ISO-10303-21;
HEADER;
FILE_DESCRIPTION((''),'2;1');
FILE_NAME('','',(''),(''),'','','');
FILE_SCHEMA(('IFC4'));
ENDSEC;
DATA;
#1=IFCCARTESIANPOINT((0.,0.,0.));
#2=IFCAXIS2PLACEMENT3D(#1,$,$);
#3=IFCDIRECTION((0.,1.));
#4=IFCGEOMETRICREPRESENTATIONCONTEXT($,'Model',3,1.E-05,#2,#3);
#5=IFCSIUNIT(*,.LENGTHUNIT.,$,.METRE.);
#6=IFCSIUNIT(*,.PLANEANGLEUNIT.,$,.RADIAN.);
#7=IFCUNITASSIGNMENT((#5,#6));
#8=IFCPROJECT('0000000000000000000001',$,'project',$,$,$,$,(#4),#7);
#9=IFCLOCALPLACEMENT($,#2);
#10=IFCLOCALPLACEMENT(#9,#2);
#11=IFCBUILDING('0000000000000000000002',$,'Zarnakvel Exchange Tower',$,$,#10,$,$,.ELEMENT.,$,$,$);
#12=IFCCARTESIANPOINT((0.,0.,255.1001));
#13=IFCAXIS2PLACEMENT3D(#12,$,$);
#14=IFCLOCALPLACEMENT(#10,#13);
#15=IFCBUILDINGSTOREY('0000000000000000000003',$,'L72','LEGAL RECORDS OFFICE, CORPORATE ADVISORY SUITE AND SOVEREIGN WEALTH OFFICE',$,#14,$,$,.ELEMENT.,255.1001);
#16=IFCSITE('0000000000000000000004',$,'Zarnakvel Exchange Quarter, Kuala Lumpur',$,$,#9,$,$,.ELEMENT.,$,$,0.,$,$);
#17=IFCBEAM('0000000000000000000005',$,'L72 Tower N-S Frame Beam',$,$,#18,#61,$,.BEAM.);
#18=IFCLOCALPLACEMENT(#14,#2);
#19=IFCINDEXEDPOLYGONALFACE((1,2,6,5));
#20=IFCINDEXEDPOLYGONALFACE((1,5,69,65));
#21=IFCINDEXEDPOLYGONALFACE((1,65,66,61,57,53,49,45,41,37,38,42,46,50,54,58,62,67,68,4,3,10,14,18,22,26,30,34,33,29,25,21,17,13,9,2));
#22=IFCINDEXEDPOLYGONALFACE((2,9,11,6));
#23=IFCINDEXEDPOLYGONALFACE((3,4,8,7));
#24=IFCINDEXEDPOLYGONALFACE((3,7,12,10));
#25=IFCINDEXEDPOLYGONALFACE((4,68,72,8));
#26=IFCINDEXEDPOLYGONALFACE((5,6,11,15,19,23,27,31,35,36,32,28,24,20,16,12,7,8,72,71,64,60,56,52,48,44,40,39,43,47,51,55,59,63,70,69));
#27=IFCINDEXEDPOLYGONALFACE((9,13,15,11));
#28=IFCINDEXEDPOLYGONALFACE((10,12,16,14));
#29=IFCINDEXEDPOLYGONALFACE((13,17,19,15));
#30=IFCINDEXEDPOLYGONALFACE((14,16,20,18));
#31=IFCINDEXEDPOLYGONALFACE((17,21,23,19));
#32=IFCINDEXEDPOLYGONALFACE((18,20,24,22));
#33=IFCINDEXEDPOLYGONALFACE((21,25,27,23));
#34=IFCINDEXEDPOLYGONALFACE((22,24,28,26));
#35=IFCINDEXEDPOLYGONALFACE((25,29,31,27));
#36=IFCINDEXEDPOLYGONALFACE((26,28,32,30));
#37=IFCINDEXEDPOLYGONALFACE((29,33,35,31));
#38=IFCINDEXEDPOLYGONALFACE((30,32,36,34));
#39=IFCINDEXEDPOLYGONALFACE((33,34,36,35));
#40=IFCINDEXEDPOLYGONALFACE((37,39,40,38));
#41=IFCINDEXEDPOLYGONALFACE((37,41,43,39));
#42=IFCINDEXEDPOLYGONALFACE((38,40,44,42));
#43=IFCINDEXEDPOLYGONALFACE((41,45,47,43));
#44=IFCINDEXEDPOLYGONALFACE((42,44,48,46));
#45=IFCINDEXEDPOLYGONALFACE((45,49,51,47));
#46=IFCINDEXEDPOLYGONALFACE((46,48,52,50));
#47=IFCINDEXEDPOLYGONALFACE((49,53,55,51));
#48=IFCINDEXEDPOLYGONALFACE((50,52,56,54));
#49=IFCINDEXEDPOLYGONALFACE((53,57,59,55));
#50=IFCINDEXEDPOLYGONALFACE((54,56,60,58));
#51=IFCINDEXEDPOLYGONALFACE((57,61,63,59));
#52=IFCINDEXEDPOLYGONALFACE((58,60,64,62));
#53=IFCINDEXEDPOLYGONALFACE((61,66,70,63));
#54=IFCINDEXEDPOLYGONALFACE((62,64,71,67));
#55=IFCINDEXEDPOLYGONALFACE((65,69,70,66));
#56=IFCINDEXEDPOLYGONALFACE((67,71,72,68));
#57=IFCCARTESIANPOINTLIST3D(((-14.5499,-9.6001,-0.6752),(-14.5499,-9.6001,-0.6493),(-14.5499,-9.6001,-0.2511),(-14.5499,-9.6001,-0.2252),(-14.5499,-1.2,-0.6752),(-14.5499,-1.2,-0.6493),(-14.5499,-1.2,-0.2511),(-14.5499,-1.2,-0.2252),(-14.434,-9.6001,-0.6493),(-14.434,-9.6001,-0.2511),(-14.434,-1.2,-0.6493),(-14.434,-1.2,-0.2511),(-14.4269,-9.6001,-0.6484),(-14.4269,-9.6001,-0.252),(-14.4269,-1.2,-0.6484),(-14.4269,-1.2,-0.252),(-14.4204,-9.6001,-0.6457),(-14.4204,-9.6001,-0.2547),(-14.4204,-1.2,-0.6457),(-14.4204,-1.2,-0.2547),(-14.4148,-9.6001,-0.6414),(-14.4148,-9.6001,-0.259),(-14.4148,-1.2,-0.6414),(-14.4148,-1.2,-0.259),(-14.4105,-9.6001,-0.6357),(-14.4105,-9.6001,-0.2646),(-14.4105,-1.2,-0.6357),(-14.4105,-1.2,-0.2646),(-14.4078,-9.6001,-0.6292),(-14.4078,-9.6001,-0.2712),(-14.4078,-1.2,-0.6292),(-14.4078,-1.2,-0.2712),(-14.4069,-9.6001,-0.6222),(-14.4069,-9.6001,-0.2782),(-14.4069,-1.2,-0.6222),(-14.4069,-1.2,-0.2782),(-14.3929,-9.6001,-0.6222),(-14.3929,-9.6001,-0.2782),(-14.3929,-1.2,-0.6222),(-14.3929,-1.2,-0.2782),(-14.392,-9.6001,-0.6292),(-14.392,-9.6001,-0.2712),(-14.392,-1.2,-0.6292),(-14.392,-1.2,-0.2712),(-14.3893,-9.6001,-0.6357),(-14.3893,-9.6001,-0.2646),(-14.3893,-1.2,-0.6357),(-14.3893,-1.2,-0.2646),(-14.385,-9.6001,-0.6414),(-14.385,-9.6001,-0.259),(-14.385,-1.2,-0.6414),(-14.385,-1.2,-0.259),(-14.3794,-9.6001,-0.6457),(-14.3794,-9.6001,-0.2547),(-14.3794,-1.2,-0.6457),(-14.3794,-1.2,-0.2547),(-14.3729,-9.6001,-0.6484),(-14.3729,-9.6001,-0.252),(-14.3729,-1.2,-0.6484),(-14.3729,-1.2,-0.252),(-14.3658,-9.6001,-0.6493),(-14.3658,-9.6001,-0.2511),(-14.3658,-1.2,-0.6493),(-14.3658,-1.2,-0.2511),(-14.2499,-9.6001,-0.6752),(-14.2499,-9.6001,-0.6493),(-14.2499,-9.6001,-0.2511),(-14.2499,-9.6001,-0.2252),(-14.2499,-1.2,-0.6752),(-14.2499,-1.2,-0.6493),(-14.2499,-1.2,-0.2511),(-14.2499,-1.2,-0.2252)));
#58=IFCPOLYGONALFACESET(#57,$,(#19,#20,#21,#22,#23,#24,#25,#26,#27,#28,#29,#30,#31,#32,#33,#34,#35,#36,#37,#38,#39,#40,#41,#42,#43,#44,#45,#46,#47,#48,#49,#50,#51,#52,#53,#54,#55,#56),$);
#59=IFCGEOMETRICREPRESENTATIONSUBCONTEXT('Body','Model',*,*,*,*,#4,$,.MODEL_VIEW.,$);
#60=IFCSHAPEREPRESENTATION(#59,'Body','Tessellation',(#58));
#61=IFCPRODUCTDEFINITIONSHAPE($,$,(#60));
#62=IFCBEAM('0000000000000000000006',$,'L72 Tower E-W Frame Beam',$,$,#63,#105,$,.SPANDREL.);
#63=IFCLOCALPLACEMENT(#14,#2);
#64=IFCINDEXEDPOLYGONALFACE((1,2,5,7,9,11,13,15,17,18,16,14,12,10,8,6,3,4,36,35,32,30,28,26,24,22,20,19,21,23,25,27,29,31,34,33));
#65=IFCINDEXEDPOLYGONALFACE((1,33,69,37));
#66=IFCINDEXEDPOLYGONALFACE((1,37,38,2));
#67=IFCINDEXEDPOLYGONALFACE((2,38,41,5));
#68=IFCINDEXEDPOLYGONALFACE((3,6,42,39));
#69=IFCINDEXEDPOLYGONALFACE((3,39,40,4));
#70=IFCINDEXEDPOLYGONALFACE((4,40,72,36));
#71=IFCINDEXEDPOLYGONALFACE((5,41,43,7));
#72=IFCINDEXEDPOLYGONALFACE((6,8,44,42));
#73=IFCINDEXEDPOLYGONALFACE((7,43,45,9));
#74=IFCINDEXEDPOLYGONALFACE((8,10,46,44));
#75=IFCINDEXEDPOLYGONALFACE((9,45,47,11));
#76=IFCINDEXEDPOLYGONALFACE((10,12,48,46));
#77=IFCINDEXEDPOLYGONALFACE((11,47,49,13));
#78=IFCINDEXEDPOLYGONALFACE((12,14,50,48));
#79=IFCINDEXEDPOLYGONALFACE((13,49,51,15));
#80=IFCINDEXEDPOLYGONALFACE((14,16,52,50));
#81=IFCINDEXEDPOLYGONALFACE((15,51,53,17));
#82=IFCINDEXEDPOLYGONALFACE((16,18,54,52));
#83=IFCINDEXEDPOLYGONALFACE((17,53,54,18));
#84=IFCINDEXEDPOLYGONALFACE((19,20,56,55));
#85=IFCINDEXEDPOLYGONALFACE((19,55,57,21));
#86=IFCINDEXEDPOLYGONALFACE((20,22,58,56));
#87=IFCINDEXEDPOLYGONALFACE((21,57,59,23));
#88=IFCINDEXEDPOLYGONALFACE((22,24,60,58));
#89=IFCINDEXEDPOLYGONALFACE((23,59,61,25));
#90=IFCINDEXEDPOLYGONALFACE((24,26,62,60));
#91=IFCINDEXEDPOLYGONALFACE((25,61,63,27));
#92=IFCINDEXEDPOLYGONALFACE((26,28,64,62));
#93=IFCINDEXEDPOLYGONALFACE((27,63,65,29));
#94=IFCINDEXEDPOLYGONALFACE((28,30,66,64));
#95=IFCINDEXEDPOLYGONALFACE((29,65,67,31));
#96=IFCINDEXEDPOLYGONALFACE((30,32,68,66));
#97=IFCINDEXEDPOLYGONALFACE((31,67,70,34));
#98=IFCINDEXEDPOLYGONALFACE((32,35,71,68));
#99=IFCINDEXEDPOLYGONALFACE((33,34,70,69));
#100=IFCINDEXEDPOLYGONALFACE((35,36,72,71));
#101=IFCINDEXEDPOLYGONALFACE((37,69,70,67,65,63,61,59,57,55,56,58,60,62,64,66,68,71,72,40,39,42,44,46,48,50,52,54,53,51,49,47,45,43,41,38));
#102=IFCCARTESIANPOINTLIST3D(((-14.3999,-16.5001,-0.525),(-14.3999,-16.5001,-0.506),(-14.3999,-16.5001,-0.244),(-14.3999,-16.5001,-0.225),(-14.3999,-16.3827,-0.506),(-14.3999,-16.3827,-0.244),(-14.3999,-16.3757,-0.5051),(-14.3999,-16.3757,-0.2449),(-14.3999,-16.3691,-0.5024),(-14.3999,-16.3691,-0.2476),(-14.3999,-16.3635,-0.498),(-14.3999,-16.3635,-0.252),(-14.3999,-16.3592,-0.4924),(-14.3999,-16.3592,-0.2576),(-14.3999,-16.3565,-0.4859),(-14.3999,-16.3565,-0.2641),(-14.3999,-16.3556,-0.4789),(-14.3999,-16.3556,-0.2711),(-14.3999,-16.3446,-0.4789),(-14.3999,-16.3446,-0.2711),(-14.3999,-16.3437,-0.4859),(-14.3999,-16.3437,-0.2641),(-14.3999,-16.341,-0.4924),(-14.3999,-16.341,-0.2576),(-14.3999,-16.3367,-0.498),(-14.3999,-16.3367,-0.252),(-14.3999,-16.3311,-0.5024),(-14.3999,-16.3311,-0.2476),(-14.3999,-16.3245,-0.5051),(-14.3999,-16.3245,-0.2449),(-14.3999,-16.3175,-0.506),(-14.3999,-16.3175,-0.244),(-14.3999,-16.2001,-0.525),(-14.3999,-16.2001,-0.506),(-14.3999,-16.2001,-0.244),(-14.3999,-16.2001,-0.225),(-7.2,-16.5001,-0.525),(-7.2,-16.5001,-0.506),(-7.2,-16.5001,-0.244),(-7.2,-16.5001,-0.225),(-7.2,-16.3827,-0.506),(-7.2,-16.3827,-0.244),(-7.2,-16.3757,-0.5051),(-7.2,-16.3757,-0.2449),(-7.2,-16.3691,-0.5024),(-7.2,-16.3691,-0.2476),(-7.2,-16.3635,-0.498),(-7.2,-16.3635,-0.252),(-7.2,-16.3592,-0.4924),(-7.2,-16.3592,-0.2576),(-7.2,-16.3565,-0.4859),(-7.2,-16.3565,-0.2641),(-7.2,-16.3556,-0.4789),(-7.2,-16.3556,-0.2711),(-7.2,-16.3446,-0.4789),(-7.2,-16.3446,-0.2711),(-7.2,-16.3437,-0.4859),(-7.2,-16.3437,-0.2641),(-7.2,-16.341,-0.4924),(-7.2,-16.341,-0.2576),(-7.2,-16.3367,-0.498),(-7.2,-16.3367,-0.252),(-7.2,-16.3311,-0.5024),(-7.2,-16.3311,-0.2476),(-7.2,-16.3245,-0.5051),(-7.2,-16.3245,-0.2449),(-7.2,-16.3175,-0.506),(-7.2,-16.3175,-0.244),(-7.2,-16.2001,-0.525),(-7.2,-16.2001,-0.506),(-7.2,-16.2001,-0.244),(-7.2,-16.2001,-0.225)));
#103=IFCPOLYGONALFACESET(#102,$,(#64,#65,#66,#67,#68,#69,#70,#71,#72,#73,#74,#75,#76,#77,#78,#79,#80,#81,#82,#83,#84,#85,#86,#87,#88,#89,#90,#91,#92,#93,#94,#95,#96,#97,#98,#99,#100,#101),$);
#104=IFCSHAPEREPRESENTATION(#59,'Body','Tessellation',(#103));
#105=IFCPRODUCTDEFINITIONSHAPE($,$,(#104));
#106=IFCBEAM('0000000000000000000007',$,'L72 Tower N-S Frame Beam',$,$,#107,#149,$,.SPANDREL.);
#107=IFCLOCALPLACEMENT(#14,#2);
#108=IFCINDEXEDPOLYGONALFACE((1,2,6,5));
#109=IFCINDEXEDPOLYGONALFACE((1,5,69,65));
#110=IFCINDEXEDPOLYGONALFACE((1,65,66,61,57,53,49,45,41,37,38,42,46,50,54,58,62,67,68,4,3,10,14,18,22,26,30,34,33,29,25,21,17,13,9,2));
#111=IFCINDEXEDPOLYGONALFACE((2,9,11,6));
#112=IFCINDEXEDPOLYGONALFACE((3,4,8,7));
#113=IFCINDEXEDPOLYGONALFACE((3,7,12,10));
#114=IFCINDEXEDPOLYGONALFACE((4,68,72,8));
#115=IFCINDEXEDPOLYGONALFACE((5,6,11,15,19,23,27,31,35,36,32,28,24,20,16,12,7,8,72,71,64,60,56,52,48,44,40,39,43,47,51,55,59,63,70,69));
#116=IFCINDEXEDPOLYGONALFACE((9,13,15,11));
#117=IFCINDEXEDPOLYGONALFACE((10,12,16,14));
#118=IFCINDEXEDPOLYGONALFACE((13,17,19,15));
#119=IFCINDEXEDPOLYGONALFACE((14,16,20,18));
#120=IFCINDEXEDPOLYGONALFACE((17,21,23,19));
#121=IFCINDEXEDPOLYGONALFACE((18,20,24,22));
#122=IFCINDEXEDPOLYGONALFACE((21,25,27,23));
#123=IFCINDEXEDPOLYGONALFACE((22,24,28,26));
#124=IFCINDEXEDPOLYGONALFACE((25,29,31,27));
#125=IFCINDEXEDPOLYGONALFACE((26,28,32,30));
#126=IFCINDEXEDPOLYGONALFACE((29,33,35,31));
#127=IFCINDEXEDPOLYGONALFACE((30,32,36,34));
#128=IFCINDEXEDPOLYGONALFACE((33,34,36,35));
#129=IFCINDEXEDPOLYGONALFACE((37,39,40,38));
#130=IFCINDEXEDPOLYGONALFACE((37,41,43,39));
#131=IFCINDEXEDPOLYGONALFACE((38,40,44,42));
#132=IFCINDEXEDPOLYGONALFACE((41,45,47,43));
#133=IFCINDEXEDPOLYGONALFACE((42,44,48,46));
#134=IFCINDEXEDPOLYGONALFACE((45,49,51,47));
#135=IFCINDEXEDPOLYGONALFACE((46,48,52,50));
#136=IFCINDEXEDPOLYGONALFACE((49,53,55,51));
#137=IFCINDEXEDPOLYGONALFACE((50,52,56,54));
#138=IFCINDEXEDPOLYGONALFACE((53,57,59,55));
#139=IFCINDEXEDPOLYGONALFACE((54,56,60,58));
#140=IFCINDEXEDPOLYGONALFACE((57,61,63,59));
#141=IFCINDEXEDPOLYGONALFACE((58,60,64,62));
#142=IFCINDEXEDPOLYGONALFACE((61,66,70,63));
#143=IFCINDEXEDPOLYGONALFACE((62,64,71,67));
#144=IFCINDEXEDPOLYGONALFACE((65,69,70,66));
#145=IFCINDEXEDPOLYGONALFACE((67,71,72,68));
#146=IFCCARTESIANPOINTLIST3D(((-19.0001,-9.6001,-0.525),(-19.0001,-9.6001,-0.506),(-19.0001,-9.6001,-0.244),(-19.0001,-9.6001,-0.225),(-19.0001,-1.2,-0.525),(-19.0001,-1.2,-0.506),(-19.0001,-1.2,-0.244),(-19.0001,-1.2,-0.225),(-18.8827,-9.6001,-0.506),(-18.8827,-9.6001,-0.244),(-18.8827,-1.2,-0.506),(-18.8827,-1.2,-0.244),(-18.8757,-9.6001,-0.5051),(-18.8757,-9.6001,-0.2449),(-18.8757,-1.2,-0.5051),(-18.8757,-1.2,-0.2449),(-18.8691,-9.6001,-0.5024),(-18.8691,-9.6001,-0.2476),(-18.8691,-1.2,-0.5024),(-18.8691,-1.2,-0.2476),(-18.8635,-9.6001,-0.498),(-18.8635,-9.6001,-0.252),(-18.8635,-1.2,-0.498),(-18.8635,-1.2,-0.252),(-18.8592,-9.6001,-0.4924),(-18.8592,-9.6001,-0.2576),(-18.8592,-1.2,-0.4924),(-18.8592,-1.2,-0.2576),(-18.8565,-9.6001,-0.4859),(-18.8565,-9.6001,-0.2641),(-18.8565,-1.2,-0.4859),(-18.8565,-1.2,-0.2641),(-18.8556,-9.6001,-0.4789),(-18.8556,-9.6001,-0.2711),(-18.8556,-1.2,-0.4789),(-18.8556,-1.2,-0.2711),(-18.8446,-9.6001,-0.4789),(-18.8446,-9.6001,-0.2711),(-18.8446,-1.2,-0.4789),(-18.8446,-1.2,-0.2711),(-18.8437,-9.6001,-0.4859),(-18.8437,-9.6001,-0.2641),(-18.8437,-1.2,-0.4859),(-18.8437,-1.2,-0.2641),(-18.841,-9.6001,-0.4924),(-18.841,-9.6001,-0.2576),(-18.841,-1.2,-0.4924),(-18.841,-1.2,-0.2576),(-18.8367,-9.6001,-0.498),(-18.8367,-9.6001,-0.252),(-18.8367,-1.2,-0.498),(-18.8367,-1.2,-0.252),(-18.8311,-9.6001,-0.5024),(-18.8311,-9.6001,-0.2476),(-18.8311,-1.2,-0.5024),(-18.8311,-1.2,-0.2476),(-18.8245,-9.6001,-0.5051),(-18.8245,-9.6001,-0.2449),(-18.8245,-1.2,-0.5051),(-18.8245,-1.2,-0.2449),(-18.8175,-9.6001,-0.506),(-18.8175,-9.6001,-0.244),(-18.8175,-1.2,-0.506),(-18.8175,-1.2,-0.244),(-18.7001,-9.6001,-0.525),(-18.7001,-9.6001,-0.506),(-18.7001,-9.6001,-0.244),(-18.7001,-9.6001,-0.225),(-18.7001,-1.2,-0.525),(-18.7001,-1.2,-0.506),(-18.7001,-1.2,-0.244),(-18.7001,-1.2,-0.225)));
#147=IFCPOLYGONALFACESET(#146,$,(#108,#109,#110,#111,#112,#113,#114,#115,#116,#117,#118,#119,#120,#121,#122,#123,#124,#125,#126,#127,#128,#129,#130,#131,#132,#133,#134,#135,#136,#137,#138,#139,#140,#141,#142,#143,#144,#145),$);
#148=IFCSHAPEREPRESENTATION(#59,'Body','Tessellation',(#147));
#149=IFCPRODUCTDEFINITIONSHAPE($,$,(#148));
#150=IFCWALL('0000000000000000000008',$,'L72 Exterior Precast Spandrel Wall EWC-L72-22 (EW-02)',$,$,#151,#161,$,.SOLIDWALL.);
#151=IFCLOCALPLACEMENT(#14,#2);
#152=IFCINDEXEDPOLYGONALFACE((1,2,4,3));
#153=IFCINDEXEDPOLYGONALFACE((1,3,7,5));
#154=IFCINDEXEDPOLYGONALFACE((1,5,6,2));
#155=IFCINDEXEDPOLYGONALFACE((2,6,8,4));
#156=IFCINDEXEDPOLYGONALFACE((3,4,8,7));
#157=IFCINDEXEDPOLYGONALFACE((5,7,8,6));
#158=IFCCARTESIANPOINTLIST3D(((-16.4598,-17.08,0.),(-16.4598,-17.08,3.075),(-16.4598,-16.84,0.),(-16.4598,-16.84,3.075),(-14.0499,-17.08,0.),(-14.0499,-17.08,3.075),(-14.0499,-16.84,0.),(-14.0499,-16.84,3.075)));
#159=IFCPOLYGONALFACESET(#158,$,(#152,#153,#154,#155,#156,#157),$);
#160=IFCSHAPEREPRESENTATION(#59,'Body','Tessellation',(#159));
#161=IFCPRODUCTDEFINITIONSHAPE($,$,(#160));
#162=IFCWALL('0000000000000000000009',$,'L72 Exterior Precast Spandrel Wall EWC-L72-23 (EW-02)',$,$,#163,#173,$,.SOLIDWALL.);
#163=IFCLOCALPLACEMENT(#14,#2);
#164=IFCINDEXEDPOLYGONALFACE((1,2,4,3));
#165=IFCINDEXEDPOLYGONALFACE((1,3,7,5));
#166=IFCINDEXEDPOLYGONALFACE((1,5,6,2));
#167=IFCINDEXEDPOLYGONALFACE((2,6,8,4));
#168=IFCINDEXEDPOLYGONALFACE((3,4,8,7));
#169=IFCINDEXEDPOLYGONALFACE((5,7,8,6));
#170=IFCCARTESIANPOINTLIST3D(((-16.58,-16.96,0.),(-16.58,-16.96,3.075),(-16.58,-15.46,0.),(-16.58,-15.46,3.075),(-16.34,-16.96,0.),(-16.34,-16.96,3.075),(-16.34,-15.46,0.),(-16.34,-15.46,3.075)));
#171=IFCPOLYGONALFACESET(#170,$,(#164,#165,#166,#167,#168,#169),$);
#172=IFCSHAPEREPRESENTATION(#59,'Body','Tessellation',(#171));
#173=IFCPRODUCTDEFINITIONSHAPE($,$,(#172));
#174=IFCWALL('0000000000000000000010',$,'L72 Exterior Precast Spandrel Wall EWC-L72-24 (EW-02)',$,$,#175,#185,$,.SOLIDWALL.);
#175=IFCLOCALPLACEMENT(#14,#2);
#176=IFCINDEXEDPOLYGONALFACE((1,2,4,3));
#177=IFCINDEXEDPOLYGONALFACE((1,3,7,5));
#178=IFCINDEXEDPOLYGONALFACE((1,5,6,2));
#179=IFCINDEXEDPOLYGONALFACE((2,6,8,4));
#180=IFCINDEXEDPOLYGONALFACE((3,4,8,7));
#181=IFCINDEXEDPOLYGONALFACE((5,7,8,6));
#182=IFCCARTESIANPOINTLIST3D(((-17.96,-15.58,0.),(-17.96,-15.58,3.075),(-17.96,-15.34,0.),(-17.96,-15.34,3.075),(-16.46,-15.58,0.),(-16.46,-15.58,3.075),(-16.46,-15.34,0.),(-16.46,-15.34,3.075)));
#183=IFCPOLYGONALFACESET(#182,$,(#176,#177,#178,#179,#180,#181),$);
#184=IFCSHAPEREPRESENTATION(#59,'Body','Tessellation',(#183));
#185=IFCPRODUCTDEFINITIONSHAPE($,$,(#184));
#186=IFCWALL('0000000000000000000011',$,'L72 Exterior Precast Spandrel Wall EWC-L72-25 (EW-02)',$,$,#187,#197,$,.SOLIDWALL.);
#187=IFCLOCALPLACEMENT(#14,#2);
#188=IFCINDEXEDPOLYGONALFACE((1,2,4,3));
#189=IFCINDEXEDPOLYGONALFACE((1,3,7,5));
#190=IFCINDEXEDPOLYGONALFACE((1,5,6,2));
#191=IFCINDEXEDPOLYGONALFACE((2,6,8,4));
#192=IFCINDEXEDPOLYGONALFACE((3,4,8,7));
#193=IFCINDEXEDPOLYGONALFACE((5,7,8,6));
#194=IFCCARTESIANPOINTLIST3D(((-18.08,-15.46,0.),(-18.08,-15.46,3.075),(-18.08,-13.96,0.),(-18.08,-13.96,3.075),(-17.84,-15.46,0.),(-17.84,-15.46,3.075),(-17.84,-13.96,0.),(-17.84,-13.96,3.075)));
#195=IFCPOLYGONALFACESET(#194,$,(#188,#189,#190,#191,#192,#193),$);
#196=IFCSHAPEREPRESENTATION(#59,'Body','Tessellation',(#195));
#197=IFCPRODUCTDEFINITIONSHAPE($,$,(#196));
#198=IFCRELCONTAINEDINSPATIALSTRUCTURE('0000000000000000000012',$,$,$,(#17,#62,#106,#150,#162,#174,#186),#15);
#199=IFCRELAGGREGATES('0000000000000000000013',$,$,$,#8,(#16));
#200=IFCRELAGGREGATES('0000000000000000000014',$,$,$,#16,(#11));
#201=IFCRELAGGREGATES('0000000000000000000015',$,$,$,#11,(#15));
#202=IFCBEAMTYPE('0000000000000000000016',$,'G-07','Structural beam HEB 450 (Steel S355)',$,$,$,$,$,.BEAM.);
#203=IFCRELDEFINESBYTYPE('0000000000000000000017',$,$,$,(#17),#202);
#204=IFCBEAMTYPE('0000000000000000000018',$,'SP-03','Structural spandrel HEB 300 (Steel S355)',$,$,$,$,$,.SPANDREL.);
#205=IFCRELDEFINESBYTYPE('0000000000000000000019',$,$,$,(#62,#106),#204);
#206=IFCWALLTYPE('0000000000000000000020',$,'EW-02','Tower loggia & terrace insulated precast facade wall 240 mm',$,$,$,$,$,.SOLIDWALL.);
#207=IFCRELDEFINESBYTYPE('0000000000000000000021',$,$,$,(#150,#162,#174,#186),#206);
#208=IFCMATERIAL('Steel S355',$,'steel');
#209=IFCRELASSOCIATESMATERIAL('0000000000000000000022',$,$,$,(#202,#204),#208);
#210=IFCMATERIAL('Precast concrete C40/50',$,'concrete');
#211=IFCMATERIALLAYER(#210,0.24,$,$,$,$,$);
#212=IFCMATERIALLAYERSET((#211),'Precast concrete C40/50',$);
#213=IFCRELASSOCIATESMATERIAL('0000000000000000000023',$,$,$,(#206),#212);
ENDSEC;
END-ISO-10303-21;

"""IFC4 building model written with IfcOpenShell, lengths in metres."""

from ifc_helpers import new_model, si_unit, direction, frame, frame_2d, origin, origin_2d, place, context, subcontext, project, spatial, rectangle, i_section, extrude, material, layer, layer_set, material_profile, profile_set, type_object, element, save


model = new_model("IFC4")

# Units and contexts
model_context = context("Model", 3, precision=1e-05, world=origin(), true_north=direction((0.0, 1.0)))
body_context = subcontext(model_context, "Body", "Model", "MODEL_VIEW")
ifc_project = project(units=[si_unit("LENGTHUNIT", "METRE"), si_unit("PLANEANGLEUNIT", "RADIAN")], contexts=[model_context])

# Site, building, storey
site_placement = place(None, origin())
site = spatial("IfcSite", under=ifc_project, at=site_placement, Name="Zarnakvel Exchange Quarter, Kuala Lumpur", CompositionType="ELEMENT", RefElevation=0.0)
building_placement = place(site_placement, origin())
building = spatial("IfcBuilding", under=site, at=building_placement, Name="Zarnakvel Exchange Tower", CompositionType="ELEMENT")
storey_placement = place(building_placement, frame((0.0, 0.0, 255.1001)))
storey = spatial("IfcBuildingStorey", under=building, at=storey_placement, Name="L72", Description="LEGAL RECORDS OFFICE, CORPORATE ADVISORY SUITE AND SOVEREIGN WEALTH OFFICE", CompositionType="ELEMENT", Elevation=255.1001)

# Shared definitions
ifc_material_1 = material(Name="Steel S355", Category="steel")

# Beams
ifc_material_profile_1 = material_profile(ifc_material_1, i_section(OverallWidth=0.3, OverallDepth=0.45, WebThickness=0.0139, FlangeThickness=0.0259, FilletRadius=0.0271, at=origin_2d()))
ifc_profile_set_1 = profile_set([ifc_material_profile_1], Name="Steel S355")
beam_type_1 = type_object("IfcBeamType", Name="G-07", Description="Structural beam HEB 450 (Steel S355)", PredefinedType="BEAM", material=ifc_profile_set_1)
beam_1_placement = place(storey_placement, frame((-14.3999, -9.6001, -0.4502), z_axis=(0.0, 1.0, 0.0), x_axis=(-1.0, 0.0, 0.0)))
element("IfcBeam", 1, at=beam_1_placement, inside=storey, type_object=beam_type_1, Name="L72 Tower N-S Frame Beam", PredefinedType="BEAM", context=body_context, shape_type="SweptSolid", body=[
    extrude(i_section(OverallWidth=0.3, OverallDepth=0.45, WebThickness=0.0139, FlangeThickness=0.0259, FilletRadius=0.0271, at=origin_2d()), origin(), (0.0, 0.0, 1.0), 8.4001),
])
ifc_material_profile_2 = material_profile(ifc_material_1, i_section(OverallWidth=0.3, OverallDepth=0.3, WebThickness=0.011, FlangeThickness=0.019, FilletRadius=0.0271, at=origin_2d()))
ifc_profile_set_2 = profile_set([ifc_material_profile_2], Name="Steel S355")
beam_type_2 = type_object("IfcBeamType", Name="SP-03", Description="Structural spandrel HEB 300 (Steel S355)", PredefinedType="SPANDREL", material=ifc_profile_set_2)
beam_2_placement = place(storey_placement, frame((-14.3999, -16.3501, -0.375), z_axis=(1.0, 0.0, 0.0), x_axis=(0.0, 1.0, 0.0)))
element("IfcBeam", 2, at=beam_2_placement, inside=storey, type_object=beam_type_2, Name="L72 Tower E-W Frame Beam", PredefinedType="SPANDREL", context=body_context, shape_type="SweptSolid", body=[
    extrude(i_section(OverallWidth=0.3, OverallDepth=0.3, WebThickness=0.011, FlangeThickness=0.019, FilletRadius=0.0271, at=origin_2d()), origin(), (0.0, 0.0, 1.0), 7.2),
])
beam_3_placement = place(storey_placement, frame((-18.8501, -9.6001, -0.375), z_axis=(0.0, 1.0, 0.0), x_axis=(-1.0, 0.0, 0.0)))
element("IfcBeam", 3, at=beam_3_placement, inside=storey, type_object=beam_type_2, Name="L72 Tower N-S Frame Beam", PredefinedType="SPANDREL", context=body_context, shape_type="SweptSolid", body=[
    extrude(i_section(OverallWidth=0.3, OverallDepth=0.3, WebThickness=0.011, FlangeThickness=0.019, FilletRadius=0.0271, at=origin_2d()), origin(), (0.0, 0.0, 1.0), 8.4001),
])

# Walls
ifc_material_2 = material(Name="Precast concrete C40/50", Category="concrete")
ifc_layer_1 = layer(ifc_material_2, 0.24)
ifc_layer_set_1 = layer_set([ifc_layer_1], Name="Precast concrete C40/50")
wall_type_1 = type_object("IfcWallType", Name="EW-02", Description="Tower loggia & terrace insulated precast facade wall 240 mm", PredefinedType="SOLIDWALL", material=ifc_layer_set_1)
wall_1_placement = place(storey_placement, frame((-16.46, -16.96, 0.0), z_axis=(0.0, 0.0, 1.0), x_axis=(1.0, 0.0, 0.0)))
element("IfcWall", 4, at=wall_1_placement, inside=storey, type_object=wall_type_1, Name="L72 Exterior Precast Spandrel Wall EWC-L72-22 (EW-02)", PredefinedType="SOLIDWALL", context=body_context, shape_type="SweptSolid", body=[
    extrude(rectangle(XDim=2.4099, YDim=0.24, at=frame_2d((1.2051, 0.0))), origin(), (0.0, 0.0, 1.0), 3.075),
])
for number, where, z_axis, x_axis, name in (
    (5, (-16.46, -15.46, 0.0), (0.0, 0.0, 1.0), (0.0, -1.0, 0.0), "L72 Exterior Precast Spandrel Wall EWC-L72-23 (EW-02)"),
    (6, (-17.96, -15.46, 0.0), (0.0, 0.0, 1.0), (1.0, 0.0, 0.0), "L72 Exterior Precast Spandrel Wall EWC-L72-24 (EW-02)"),
    (7, (-17.96, -13.96, 0.0), (0.0, 0.0, 1.0), (0.0, -1.0, 0.0), "L72 Exterior Precast Spandrel Wall EWC-L72-25 (EW-02)"),
):
    element("IfcWall", number, at=place(storey_placement, frame(where, z_axis=z_axis, x_axis=x_axis)), inside=storey, type_object=wall_type_1, Name=name, PredefinedType="SOLIDWALL", context=body_context, shape_type="SweptSolid", body=[
        extrude(rectangle(XDim=1.5, YDim=0.24, at=frame_2d((0.75, 0.0))), origin(), (0.0, 0.0, 1.0), 3.075),
    ])

save(model, "model.ifc")
